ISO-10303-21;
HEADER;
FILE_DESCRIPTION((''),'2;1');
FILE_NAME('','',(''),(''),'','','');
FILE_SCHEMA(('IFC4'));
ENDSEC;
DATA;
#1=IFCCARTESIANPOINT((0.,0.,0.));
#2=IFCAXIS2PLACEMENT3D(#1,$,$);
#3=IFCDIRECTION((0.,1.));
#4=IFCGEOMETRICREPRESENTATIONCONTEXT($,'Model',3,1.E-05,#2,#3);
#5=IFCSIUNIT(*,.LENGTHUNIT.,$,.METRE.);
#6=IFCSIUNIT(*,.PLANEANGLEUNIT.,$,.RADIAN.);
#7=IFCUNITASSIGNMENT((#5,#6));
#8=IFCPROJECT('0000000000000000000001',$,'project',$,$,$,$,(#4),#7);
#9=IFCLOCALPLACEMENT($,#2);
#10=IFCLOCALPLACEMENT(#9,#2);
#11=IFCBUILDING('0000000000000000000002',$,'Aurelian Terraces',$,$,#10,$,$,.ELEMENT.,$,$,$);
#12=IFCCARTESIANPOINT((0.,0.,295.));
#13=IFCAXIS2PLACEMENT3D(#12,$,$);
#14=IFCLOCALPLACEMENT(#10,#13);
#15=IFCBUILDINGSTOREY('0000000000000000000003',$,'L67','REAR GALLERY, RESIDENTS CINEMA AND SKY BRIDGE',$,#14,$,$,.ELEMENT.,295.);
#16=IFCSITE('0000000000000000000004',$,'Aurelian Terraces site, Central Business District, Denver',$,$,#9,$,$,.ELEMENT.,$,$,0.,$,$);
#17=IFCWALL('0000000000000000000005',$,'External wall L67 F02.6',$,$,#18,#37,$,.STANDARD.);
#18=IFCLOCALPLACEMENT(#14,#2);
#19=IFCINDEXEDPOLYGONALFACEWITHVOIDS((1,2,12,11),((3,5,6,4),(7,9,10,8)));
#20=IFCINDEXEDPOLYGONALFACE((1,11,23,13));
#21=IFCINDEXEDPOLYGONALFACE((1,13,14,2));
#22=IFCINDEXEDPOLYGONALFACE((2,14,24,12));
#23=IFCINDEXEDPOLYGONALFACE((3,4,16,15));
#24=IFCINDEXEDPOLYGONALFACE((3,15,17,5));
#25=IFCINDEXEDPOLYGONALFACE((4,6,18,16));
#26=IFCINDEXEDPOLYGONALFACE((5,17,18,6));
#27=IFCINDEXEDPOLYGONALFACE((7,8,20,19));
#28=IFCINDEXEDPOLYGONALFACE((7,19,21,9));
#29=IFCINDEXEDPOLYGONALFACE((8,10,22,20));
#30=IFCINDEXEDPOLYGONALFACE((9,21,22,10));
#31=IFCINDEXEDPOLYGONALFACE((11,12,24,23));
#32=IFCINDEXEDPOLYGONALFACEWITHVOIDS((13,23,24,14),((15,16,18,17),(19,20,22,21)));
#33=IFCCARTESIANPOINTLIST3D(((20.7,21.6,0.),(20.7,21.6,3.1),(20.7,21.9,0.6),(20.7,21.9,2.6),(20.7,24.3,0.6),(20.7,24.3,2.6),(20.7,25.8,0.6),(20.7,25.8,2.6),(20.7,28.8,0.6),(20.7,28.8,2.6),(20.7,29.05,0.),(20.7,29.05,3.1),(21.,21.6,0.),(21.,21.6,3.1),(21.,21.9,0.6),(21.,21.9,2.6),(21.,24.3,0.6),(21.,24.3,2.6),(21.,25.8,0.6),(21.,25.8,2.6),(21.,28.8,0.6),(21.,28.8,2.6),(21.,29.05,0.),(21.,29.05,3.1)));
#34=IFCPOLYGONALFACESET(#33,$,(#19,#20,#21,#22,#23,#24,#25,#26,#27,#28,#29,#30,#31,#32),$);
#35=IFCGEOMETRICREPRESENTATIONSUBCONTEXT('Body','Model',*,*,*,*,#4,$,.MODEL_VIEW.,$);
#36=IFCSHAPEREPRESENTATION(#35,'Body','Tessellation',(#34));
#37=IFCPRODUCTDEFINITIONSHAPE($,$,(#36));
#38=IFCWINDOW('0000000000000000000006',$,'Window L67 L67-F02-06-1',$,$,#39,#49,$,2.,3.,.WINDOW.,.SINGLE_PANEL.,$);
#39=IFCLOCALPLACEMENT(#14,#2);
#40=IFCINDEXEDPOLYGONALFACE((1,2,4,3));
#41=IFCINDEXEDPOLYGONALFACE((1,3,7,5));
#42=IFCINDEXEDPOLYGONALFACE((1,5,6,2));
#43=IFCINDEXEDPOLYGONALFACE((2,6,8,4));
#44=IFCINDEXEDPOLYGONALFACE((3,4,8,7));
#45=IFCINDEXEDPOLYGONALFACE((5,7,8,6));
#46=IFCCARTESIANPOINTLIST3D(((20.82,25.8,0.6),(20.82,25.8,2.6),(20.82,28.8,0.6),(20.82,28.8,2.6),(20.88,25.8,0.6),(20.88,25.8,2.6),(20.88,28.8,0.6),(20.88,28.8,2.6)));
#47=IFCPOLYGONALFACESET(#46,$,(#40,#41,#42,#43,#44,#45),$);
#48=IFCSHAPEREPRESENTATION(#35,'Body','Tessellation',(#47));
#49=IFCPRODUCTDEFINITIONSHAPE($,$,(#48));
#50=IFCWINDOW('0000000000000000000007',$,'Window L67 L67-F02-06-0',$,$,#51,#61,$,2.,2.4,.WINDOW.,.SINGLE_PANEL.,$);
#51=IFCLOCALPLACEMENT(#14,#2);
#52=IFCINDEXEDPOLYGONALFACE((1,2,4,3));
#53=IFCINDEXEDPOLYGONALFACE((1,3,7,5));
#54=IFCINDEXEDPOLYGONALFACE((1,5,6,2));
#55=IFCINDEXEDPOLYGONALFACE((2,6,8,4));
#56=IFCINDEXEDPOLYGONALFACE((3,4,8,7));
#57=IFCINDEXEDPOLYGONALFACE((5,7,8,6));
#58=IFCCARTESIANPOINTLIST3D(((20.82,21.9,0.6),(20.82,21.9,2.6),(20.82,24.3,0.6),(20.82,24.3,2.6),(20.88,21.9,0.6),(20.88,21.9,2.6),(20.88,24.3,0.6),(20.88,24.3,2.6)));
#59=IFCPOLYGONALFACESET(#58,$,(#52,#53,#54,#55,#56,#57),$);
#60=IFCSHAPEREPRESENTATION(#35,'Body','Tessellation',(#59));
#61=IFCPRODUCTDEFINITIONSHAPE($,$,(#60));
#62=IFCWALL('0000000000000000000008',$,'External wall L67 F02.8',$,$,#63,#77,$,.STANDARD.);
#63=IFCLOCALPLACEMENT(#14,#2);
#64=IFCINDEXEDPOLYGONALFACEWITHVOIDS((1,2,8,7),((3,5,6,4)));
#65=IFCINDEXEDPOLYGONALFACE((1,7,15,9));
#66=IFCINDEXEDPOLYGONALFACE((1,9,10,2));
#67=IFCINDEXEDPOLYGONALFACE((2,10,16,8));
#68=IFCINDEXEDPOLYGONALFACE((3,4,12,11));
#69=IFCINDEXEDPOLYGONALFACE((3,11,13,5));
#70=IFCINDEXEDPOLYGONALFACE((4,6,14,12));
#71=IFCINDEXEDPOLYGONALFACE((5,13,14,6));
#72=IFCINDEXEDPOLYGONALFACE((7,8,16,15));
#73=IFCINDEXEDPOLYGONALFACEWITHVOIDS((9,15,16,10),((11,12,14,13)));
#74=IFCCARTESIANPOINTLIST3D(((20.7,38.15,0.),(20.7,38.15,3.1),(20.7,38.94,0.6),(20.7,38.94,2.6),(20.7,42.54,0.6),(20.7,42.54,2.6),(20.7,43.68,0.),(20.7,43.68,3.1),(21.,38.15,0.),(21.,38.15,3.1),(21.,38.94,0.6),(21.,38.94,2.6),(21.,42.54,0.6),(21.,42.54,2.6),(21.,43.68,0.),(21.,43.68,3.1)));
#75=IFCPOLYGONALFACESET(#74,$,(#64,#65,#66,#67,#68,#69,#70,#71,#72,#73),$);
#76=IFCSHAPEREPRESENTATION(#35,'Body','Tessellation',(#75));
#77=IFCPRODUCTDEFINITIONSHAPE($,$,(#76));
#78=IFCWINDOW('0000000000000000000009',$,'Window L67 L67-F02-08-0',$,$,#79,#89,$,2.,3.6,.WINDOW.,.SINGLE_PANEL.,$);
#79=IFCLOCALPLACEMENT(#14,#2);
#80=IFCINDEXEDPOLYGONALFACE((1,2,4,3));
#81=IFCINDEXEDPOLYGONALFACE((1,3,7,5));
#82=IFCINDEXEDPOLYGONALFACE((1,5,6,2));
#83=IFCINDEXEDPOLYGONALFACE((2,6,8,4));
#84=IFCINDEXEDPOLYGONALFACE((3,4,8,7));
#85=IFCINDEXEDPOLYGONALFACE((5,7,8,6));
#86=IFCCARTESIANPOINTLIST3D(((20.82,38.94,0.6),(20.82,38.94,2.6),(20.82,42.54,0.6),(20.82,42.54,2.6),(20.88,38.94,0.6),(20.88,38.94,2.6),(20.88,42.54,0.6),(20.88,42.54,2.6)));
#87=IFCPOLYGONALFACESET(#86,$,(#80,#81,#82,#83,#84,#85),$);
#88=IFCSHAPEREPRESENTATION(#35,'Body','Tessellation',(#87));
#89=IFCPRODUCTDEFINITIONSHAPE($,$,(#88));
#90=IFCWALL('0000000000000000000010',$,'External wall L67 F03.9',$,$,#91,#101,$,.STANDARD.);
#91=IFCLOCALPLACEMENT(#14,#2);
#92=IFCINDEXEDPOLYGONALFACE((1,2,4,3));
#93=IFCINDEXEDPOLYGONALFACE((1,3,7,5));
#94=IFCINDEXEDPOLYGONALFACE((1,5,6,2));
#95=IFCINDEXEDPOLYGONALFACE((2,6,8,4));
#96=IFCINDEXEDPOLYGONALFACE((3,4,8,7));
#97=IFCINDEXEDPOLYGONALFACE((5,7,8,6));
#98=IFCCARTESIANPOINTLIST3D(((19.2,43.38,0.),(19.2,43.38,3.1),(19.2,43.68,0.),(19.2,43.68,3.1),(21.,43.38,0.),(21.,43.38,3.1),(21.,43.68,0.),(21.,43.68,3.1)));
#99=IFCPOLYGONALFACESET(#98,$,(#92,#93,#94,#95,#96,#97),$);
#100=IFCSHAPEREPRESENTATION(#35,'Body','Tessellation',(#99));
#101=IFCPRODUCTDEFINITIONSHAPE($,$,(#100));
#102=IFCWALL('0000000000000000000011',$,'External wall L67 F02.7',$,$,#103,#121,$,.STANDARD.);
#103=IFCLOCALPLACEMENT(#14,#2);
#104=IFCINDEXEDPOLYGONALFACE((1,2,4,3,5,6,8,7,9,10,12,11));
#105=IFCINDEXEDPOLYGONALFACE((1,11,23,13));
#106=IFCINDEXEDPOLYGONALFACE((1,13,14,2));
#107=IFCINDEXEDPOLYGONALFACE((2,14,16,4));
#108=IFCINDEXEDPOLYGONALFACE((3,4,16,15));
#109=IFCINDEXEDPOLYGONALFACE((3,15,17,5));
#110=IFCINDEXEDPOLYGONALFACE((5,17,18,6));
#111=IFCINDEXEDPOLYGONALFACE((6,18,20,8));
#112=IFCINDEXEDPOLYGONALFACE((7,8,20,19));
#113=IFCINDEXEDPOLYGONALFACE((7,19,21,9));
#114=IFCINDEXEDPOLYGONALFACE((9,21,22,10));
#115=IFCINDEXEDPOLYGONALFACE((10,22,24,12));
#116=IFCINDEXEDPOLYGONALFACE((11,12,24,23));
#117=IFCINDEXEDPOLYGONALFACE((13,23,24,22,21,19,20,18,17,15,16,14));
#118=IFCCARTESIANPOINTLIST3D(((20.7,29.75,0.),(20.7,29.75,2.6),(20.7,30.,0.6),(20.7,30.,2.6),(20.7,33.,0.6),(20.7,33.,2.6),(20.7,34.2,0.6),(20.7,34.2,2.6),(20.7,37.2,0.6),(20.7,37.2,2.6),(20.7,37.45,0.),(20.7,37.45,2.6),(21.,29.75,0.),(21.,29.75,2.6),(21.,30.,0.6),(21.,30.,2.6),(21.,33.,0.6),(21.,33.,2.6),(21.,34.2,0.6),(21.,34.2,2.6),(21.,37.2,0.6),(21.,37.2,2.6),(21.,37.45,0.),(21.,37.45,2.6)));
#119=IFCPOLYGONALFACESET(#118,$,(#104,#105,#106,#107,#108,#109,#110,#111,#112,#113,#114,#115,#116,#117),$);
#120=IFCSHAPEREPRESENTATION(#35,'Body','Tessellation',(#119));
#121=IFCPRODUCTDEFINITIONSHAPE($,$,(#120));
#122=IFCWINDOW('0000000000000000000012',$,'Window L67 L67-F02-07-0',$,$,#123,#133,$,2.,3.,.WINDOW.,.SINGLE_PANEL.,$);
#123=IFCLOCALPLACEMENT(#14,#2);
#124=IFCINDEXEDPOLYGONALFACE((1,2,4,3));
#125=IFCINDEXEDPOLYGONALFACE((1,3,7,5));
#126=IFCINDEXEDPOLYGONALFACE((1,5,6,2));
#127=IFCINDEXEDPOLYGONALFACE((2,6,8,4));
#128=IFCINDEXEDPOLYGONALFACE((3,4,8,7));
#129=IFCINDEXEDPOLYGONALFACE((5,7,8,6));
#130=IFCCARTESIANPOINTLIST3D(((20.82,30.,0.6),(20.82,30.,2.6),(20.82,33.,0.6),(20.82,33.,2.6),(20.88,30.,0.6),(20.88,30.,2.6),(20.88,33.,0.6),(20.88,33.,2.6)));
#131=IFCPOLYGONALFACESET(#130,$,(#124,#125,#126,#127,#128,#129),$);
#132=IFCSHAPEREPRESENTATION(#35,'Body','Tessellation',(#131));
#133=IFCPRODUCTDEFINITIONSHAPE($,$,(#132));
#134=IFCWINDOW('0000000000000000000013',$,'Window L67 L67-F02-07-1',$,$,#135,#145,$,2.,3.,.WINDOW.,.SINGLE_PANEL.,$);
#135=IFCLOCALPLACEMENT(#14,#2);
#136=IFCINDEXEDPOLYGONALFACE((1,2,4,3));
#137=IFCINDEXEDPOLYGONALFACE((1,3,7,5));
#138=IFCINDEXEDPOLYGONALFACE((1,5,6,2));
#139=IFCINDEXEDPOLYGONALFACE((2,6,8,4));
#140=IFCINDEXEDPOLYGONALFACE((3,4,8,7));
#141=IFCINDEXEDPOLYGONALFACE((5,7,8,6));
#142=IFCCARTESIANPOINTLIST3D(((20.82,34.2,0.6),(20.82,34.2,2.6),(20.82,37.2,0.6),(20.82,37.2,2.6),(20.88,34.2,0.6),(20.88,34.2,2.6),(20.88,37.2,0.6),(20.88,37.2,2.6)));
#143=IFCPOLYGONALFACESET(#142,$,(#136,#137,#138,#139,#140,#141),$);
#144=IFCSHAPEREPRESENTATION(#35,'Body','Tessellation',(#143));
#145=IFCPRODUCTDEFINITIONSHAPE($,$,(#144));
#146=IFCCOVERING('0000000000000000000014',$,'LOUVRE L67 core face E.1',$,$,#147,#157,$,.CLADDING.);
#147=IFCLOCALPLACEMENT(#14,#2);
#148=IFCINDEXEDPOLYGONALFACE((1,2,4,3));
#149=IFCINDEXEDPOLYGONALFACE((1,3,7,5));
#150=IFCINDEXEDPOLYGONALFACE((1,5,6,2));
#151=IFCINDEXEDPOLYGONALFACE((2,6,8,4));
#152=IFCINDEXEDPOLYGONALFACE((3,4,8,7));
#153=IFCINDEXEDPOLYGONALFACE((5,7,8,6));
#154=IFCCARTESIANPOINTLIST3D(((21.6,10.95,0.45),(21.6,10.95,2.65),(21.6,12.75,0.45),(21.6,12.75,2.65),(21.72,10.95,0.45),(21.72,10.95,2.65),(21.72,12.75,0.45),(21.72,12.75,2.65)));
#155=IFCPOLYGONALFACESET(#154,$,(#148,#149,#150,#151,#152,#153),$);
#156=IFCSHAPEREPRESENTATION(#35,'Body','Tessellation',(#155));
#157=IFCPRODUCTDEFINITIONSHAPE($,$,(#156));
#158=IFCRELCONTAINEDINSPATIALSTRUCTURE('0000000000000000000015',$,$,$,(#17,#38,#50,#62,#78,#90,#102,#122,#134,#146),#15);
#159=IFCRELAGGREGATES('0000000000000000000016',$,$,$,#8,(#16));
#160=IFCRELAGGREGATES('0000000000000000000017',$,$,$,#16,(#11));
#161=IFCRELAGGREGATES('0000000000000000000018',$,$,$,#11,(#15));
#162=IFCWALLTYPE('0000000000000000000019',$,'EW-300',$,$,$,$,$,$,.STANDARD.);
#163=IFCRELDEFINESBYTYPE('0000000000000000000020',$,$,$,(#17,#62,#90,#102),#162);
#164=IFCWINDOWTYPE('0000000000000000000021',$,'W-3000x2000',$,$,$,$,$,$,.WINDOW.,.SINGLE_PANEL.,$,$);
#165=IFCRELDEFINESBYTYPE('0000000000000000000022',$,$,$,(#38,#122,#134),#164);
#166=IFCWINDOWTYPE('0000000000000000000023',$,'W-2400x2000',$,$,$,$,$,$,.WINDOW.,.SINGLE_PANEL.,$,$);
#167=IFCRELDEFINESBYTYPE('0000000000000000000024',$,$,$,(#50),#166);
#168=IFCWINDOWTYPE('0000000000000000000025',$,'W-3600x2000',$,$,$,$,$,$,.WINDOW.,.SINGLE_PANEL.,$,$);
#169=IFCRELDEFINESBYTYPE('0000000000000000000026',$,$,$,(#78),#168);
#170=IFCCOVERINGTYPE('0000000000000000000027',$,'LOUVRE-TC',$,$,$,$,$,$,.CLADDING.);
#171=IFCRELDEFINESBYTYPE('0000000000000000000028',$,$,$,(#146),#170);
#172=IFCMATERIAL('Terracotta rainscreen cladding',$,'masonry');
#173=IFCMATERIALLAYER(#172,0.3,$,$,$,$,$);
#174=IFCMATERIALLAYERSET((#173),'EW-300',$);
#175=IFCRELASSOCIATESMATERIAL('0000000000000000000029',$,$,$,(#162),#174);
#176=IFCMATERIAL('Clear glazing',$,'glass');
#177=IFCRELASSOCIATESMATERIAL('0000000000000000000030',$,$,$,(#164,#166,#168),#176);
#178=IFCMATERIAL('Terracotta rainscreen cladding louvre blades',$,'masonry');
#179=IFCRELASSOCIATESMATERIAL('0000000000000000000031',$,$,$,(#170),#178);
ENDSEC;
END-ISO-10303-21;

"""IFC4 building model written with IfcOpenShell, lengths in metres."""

from ifc_helpers import new_model, si_unit, direction, frame, frame_2d, origin, origin_2d, place, context, subcontext, project, spatial, rectangle, extrude, source, transform, mapped, material, layer, layer_set, type_object, element, fill, save


model = new_model("IFC4")

# Units and contexts
model_context = context("Model", 3, precision=1e-05, world=origin(), true_north=direction((0.0, 1.0)))
body_context = subcontext(model_context, "Body", "Model", "MODEL_VIEW")
ifc_project = project(units=[si_unit("LENGTHUNIT", "METRE"), si_unit("PLANEANGLEUNIT", "RADIAN")], contexts=[model_context])

# Site, building, storey
site_placement = place(None, origin())
site = spatial("IfcSite", under=ifc_project, at=site_placement, Name="Aurelian Terraces site, Central Business District, Denver", CompositionType="ELEMENT", RefElevation=0.0)
building_placement = place(site_placement, origin())
building = spatial("IfcBuilding", under=site, at=building_placement, Name="Aurelian Terraces", CompositionType="ELEMENT")
storey_placement = place(building_placement, frame((0.0, 0.0, 295.0)))
storey = spatial("IfcBuildingStorey", under=building, at=storey_placement, Name="L67", Description="REAR GALLERY, RESIDENTS CINEMA AND SKY BRIDGE", CompositionType="ELEMENT", Elevation=295.0)

# Shared definitions
ifc_material_1 = material(Name="Terracotta rainscreen cladding", Category="masonry")
ifc_layer_1 = layer(ifc_material_1, 0.3)
ifc_layer_set_1 = layer_set([ifc_layer_1], Name="EW-300")
wall_type_1 = type_object("IfcWallType", Name="EW-300", PredefinedType="STANDARD", material=ifc_layer_set_1)
ifc_material_2 = material(Name="Clear glazing", Category="glass")

# Wall, openings, windows
shared_shape_1 = source(origin(), body_context, "Body", "SweptSolid", [
    extrude(rectangle(XDim=7.45, YDim=0.3, at=frame_2d((3.725, 0.0))), origin(), (0.0, 0.0, 1.0), 3.1),
])
wall_1_placement = place(storey_placement, frame((20.85, 21.6, 0.0), z_axis=(0.0, 0.0, 1.0), x_axis=(0.0, 1.0, 0.0)))
wall_1 = element("IfcWall", 1, at=wall_1_placement, inside=storey, type_object=wall_type_1, Name="External wall L67 F02.6", PredefinedType="STANDARD", context=body_context, shape_type="MappedRepresentation", body=[
    mapped(shared_shape_1, transform((0.0, 0.0, 0.0), scale=1.0)),
])
shared_shape_2 = source(origin(), body_context, "Body", "SweptSolid", [
    extrude(rectangle(XDim=2.4, YDim=2.0, at=frame_2d((1.2, 1.0))), frame((0.0, 0.16, 0.0), z_axis=(0.0, -1.0, 0.0), x_axis=(1.0, 0.0, 0.0)), (0.0, 0.0, 1.0), 0.32),
])
opening_1_placement = place(wall_1_placement, frame((0.3, 0.0, 0.6)))
opening_1 = element("IfcOpeningElement", 2, at=opening_1_placement, cuts=wall_1, PredefinedType="OPENING", context=body_context, shape_type="MappedRepresentation", body=[
    mapped(shared_shape_2, transform((0.0, 0.0, 0.0), scale=1.0)),
])
shared_shape_3 = source(origin(), body_context, "Body", "SweptSolid", [
    extrude(rectangle(XDim=3.0, YDim=2.0, at=frame_2d((1.5, 1.0))), frame((0.0, 0.16, 0.0), z_axis=(0.0, -1.0, 0.0), x_axis=(1.0, 0.0, 0.0)), (0.0, 0.0, 1.0), 0.32),
])
opening_2_placement = place(wall_1_placement, frame((4.2, 0.0, 0.6)))
opening_2 = element("IfcOpeningElement", 3, at=opening_2_placement, cuts=wall_1, PredefinedType="OPENING", context=body_context, shape_type="MappedRepresentation", body=[
    mapped(shared_shape_3, transform((0.0, 0.0, 0.0), scale=1.0)),
])
window_type_1 = type_object("IfcWindowType", Name="W-3000x2000", PartitioningType="SINGLE_PANEL", PredefinedType="WINDOW", material=ifc_material_2)
shared_shape_4 = source(origin(), body_context, "Body", "SweptSolid", [
    extrude(rectangle(XDim=3.0, YDim=2.0, at=frame_2d((1.5, 1.0))), frame((0.0, 0.03, 0.0), z_axis=(0.0, -1.0, 0.0), x_axis=(1.0, 0.0, 0.0)), (0.0, 0.0, 1.0), 0.06),
])
window_1_placement = place(opening_2_placement, origin())
window_1 = element("IfcWindow", 4, at=window_1_placement, inside=storey, type_object=window_type_1, Name="Window L67 L67-F02-06-1", OverallHeight=2.0, OverallWidth=3.0, PartitioningType="SINGLE_PANEL", PredefinedType="WINDOW", context=body_context, shape_type="MappedRepresentation", body=[
    mapped(shared_shape_4, transform((0.0, 0.0, 0.0), scale=1.0)),
])
fill(opening_2, window_1)
window_type_2 = type_object("IfcWindowType", Name="W-2400x2000", PartitioningType="SINGLE_PANEL", PredefinedType="WINDOW", material=ifc_material_2)
shared_shape_5 = source(origin(), body_context, "Body", "SweptSolid", [
    extrude(rectangle(XDim=2.4, YDim=2.0, at=frame_2d((1.2, 1.0))), frame((0.0, 0.03, 0.0), z_axis=(0.0, -1.0, 0.0), x_axis=(1.0, 0.0, 0.0)), (0.0, 0.0, 1.0), 0.06),
])
window_2_placement = place(opening_1_placement, origin())
window_2 = element("IfcWindow", 5, at=window_2_placement, inside=storey, type_object=window_type_2, Name="Window L67 L67-F02-06-0", OverallHeight=2.0, OverallWidth=2.4, PartitioningType="SINGLE_PANEL", PredefinedType="WINDOW", context=body_context, shape_type="MappedRepresentation", body=[
    mapped(shared_shape_5, transform((0.0, 0.0, 0.0), scale=1.0)),
])
fill(opening_1, window_2)

# Wall, opening, window
shared_shape_6 = source(origin(), body_context, "Body", "SweptSolid", [
    extrude(rectangle(XDim=5.53, YDim=0.3, at=frame_2d((2.765, 0.0))), origin(), (0.0, 0.0, 1.0), 3.1),
])
wall_2_placement = place(storey_placement, frame((20.85, 38.15, 0.0), z_axis=(0.0, 0.0, 1.0), x_axis=(0.0, 1.0, 0.0)))
wall_2 = element("IfcWall", 6, at=wall_2_placement, inside=storey, type_object=wall_type_1, Name="External wall L67 F02.8", PredefinedType="STANDARD", context=body_context, shape_type="MappedRepresentation", body=[
    mapped(shared_shape_6, transform((0.0, 0.0, 0.0), scale=1.0)),
])
shared_shape_7 = source(origin(), body_context, "Body", "SweptSolid", [
    extrude(rectangle(XDim=3.6, YDim=2.0, at=frame_2d((1.8, 1.0))), frame((0.0, 0.16, 0.0), z_axis=(0.0, -1.0, 0.0), x_axis=(1.0, 0.0, 0.0)), (0.0, 0.0, 1.0), 0.32),
])
opening_3_placement = place(wall_2_placement, frame((0.79, 0.0, 0.6)))
opening_3 = element("IfcOpeningElement", 7, at=opening_3_placement, cuts=wall_2, PredefinedType="OPENING", context=body_context, shape_type="MappedRepresentation", body=[
    mapped(shared_shape_7, transform((0.0, 0.0, 0.0), scale=1.0)),
])
window_type_3 = type_object("IfcWindowType", Name="W-3600x2000", PartitioningType="SINGLE_PANEL", PredefinedType="WINDOW", material=ifc_material_2)
shared_shape_8 = source(origin(), body_context, "Body", "SweptSolid", [
    extrude(rectangle(XDim=3.6, YDim=2.0, at=frame_2d((1.8, 1.0))), frame((0.0, 0.03, 0.0), z_axis=(0.0, -1.0, 0.0), x_axis=(1.0, 0.0, 0.0)), (0.0, 0.0, 1.0), 0.06),
])
window_3_placement = place(opening_3_placement, origin())
window_3 = element("IfcWindow", 8, at=window_3_placement, inside=storey, type_object=window_type_3, Name="Window L67 L67-F02-08-0", OverallHeight=2.0, OverallWidth=3.6, PartitioningType="SINGLE_PANEL", PredefinedType="WINDOW", context=body_context, shape_type="MappedRepresentation", body=[
    mapped(shared_shape_8, transform((0.0, 0.0, 0.0), scale=1.0)),
])
fill(opening_3, window_3)

# Wall
shared_shape_9 = source(origin(), body_context, "Body", "SweptSolid", [
    extrude(rectangle(XDim=1.8, YDim=0.3, at=frame_2d((0.9, 0.0))), origin(), (0.0, 0.0, 1.0), 3.1),
])
wall_3_placement = place(storey_placement, frame((21.0, 43.53, 0.0), z_axis=(0.0, 0.0, 1.0), x_axis=(-1.0, 0.0, 0.0)))
element("IfcWall", 9, at=wall_3_placement, inside=storey, type_object=wall_type_1, Name="External wall L67 F03.9", PredefinedType="STANDARD", context=body_context, shape_type="MappedRepresentation", body=[
    mapped(shared_shape_9, transform((0.0, 0.0, 0.0), scale=1.0)),
])

# Wall, openings, windows
shared_shape_10 = source(origin(), body_context, "Body", "SweptSolid", [
    extrude(rectangle(XDim=7.7, YDim=0.3, at=frame_2d((3.85, 0.0))), origin(), (0.0, 0.0, 1.0), 2.6),
])
wall_4_placement = place(storey_placement, frame((20.85, 29.75, 0.0), z_axis=(0.0, 0.0, 1.0), x_axis=(0.0, 1.0, 0.0)))
wall_4 = element("IfcWall", 10, at=wall_4_placement, inside=storey, type_object=wall_type_1, Name="External wall L67 F02.7", PredefinedType="STANDARD", context=body_context, shape_type="MappedRepresentation", body=[
    mapped(shared_shape_10, transform((0.0, 0.0, 0.0), scale=1.0)),
])
opening_4_placement = place(wall_4_placement, frame((0.25, 0.0, 0.6)))
opening_4 = element("IfcOpeningElement", 11, at=opening_4_placement, cuts=wall_4, PredefinedType="OPENING", context=body_context, shape_type="MappedRepresentation", body=[
    mapped(shared_shape_3, transform((0.0, 0.0, 0.0), scale=1.0)),
])
opening_5_placement = place(wall_4_placement, frame((4.45, 0.0, 0.6)))
opening_5 = element("IfcOpeningElement", 12, at=opening_5_placement, cuts=wall_4, PredefinedType="OPENING", context=body_context, shape_type="MappedRepresentation", body=[
    mapped(shared_shape_3, transform((0.0, 0.0, 0.0), scale=1.0)),
])
window_4_placement = place(opening_4_placement, origin())
window_4 = element("IfcWindow", 13, at=window_4_placement, inside=storey, type_object=window_type_1, Name="Window L67 L67-F02-07-0", OverallHeight=2.0, OverallWidth=3.0, PartitioningType="SINGLE_PANEL", PredefinedType="WINDOW", context=body_context, shape_type="MappedRepresentation", body=[
    mapped(shared_shape_4, transform((0.0, 0.0, 0.0), scale=1.0)),
])
fill(opening_4, window_4)
window_5_placement = place(opening_5_placement, origin())
window_5 = element("IfcWindow", 14, at=window_5_placement, inside=storey, type_object=window_type_1, Name="Window L67 L67-F02-07-1", OverallHeight=2.0, OverallWidth=3.0, PartitioningType="SINGLE_PANEL", PredefinedType="WINDOW", context=body_context, shape_type="MappedRepresentation", body=[
    mapped(shared_shape_4, transform((0.0, 0.0, 0.0), scale=1.0)),
])
fill(opening_5, window_5)

# Covering
ifc_material_3 = material(Name="Terracotta rainscreen cladding louvre blades", Category="masonry")
covering_type_1 = type_object("IfcCoveringType", Name="LOUVRE-TC", PredefinedType="CLADDING", material=ifc_material_3)
shared_shape_11 = source(origin(), body_context, "Body", "SweptSolid", [
    extrude(rectangle(XDim=0.12, YDim=1.8, at=origin_2d()), origin(), (0.0, 0.0, 1.0), 2.2),
])
for number, where, z_axis, x_axis, name in (
    (15, (21.66, 11.85, 0.45), (0.0, 0.0, 1.0), (1.0, 0.0, 0.0), "LOUVRE L67 core face E.1"),
):
    element("IfcCovering", number, at=place(storey_placement, frame(where, z_axis=z_axis, x_axis=x_axis)), inside=storey, type_object=covering_type_1, Name=name, PredefinedType="CLADDING", context=body_context, shape_type="MappedRepresentation", body=[
        mapped(shared_shape_11, transform((0.0, 0.0, 0.0), scale=1.0)),
    ])

save(model, "model.ifc")
